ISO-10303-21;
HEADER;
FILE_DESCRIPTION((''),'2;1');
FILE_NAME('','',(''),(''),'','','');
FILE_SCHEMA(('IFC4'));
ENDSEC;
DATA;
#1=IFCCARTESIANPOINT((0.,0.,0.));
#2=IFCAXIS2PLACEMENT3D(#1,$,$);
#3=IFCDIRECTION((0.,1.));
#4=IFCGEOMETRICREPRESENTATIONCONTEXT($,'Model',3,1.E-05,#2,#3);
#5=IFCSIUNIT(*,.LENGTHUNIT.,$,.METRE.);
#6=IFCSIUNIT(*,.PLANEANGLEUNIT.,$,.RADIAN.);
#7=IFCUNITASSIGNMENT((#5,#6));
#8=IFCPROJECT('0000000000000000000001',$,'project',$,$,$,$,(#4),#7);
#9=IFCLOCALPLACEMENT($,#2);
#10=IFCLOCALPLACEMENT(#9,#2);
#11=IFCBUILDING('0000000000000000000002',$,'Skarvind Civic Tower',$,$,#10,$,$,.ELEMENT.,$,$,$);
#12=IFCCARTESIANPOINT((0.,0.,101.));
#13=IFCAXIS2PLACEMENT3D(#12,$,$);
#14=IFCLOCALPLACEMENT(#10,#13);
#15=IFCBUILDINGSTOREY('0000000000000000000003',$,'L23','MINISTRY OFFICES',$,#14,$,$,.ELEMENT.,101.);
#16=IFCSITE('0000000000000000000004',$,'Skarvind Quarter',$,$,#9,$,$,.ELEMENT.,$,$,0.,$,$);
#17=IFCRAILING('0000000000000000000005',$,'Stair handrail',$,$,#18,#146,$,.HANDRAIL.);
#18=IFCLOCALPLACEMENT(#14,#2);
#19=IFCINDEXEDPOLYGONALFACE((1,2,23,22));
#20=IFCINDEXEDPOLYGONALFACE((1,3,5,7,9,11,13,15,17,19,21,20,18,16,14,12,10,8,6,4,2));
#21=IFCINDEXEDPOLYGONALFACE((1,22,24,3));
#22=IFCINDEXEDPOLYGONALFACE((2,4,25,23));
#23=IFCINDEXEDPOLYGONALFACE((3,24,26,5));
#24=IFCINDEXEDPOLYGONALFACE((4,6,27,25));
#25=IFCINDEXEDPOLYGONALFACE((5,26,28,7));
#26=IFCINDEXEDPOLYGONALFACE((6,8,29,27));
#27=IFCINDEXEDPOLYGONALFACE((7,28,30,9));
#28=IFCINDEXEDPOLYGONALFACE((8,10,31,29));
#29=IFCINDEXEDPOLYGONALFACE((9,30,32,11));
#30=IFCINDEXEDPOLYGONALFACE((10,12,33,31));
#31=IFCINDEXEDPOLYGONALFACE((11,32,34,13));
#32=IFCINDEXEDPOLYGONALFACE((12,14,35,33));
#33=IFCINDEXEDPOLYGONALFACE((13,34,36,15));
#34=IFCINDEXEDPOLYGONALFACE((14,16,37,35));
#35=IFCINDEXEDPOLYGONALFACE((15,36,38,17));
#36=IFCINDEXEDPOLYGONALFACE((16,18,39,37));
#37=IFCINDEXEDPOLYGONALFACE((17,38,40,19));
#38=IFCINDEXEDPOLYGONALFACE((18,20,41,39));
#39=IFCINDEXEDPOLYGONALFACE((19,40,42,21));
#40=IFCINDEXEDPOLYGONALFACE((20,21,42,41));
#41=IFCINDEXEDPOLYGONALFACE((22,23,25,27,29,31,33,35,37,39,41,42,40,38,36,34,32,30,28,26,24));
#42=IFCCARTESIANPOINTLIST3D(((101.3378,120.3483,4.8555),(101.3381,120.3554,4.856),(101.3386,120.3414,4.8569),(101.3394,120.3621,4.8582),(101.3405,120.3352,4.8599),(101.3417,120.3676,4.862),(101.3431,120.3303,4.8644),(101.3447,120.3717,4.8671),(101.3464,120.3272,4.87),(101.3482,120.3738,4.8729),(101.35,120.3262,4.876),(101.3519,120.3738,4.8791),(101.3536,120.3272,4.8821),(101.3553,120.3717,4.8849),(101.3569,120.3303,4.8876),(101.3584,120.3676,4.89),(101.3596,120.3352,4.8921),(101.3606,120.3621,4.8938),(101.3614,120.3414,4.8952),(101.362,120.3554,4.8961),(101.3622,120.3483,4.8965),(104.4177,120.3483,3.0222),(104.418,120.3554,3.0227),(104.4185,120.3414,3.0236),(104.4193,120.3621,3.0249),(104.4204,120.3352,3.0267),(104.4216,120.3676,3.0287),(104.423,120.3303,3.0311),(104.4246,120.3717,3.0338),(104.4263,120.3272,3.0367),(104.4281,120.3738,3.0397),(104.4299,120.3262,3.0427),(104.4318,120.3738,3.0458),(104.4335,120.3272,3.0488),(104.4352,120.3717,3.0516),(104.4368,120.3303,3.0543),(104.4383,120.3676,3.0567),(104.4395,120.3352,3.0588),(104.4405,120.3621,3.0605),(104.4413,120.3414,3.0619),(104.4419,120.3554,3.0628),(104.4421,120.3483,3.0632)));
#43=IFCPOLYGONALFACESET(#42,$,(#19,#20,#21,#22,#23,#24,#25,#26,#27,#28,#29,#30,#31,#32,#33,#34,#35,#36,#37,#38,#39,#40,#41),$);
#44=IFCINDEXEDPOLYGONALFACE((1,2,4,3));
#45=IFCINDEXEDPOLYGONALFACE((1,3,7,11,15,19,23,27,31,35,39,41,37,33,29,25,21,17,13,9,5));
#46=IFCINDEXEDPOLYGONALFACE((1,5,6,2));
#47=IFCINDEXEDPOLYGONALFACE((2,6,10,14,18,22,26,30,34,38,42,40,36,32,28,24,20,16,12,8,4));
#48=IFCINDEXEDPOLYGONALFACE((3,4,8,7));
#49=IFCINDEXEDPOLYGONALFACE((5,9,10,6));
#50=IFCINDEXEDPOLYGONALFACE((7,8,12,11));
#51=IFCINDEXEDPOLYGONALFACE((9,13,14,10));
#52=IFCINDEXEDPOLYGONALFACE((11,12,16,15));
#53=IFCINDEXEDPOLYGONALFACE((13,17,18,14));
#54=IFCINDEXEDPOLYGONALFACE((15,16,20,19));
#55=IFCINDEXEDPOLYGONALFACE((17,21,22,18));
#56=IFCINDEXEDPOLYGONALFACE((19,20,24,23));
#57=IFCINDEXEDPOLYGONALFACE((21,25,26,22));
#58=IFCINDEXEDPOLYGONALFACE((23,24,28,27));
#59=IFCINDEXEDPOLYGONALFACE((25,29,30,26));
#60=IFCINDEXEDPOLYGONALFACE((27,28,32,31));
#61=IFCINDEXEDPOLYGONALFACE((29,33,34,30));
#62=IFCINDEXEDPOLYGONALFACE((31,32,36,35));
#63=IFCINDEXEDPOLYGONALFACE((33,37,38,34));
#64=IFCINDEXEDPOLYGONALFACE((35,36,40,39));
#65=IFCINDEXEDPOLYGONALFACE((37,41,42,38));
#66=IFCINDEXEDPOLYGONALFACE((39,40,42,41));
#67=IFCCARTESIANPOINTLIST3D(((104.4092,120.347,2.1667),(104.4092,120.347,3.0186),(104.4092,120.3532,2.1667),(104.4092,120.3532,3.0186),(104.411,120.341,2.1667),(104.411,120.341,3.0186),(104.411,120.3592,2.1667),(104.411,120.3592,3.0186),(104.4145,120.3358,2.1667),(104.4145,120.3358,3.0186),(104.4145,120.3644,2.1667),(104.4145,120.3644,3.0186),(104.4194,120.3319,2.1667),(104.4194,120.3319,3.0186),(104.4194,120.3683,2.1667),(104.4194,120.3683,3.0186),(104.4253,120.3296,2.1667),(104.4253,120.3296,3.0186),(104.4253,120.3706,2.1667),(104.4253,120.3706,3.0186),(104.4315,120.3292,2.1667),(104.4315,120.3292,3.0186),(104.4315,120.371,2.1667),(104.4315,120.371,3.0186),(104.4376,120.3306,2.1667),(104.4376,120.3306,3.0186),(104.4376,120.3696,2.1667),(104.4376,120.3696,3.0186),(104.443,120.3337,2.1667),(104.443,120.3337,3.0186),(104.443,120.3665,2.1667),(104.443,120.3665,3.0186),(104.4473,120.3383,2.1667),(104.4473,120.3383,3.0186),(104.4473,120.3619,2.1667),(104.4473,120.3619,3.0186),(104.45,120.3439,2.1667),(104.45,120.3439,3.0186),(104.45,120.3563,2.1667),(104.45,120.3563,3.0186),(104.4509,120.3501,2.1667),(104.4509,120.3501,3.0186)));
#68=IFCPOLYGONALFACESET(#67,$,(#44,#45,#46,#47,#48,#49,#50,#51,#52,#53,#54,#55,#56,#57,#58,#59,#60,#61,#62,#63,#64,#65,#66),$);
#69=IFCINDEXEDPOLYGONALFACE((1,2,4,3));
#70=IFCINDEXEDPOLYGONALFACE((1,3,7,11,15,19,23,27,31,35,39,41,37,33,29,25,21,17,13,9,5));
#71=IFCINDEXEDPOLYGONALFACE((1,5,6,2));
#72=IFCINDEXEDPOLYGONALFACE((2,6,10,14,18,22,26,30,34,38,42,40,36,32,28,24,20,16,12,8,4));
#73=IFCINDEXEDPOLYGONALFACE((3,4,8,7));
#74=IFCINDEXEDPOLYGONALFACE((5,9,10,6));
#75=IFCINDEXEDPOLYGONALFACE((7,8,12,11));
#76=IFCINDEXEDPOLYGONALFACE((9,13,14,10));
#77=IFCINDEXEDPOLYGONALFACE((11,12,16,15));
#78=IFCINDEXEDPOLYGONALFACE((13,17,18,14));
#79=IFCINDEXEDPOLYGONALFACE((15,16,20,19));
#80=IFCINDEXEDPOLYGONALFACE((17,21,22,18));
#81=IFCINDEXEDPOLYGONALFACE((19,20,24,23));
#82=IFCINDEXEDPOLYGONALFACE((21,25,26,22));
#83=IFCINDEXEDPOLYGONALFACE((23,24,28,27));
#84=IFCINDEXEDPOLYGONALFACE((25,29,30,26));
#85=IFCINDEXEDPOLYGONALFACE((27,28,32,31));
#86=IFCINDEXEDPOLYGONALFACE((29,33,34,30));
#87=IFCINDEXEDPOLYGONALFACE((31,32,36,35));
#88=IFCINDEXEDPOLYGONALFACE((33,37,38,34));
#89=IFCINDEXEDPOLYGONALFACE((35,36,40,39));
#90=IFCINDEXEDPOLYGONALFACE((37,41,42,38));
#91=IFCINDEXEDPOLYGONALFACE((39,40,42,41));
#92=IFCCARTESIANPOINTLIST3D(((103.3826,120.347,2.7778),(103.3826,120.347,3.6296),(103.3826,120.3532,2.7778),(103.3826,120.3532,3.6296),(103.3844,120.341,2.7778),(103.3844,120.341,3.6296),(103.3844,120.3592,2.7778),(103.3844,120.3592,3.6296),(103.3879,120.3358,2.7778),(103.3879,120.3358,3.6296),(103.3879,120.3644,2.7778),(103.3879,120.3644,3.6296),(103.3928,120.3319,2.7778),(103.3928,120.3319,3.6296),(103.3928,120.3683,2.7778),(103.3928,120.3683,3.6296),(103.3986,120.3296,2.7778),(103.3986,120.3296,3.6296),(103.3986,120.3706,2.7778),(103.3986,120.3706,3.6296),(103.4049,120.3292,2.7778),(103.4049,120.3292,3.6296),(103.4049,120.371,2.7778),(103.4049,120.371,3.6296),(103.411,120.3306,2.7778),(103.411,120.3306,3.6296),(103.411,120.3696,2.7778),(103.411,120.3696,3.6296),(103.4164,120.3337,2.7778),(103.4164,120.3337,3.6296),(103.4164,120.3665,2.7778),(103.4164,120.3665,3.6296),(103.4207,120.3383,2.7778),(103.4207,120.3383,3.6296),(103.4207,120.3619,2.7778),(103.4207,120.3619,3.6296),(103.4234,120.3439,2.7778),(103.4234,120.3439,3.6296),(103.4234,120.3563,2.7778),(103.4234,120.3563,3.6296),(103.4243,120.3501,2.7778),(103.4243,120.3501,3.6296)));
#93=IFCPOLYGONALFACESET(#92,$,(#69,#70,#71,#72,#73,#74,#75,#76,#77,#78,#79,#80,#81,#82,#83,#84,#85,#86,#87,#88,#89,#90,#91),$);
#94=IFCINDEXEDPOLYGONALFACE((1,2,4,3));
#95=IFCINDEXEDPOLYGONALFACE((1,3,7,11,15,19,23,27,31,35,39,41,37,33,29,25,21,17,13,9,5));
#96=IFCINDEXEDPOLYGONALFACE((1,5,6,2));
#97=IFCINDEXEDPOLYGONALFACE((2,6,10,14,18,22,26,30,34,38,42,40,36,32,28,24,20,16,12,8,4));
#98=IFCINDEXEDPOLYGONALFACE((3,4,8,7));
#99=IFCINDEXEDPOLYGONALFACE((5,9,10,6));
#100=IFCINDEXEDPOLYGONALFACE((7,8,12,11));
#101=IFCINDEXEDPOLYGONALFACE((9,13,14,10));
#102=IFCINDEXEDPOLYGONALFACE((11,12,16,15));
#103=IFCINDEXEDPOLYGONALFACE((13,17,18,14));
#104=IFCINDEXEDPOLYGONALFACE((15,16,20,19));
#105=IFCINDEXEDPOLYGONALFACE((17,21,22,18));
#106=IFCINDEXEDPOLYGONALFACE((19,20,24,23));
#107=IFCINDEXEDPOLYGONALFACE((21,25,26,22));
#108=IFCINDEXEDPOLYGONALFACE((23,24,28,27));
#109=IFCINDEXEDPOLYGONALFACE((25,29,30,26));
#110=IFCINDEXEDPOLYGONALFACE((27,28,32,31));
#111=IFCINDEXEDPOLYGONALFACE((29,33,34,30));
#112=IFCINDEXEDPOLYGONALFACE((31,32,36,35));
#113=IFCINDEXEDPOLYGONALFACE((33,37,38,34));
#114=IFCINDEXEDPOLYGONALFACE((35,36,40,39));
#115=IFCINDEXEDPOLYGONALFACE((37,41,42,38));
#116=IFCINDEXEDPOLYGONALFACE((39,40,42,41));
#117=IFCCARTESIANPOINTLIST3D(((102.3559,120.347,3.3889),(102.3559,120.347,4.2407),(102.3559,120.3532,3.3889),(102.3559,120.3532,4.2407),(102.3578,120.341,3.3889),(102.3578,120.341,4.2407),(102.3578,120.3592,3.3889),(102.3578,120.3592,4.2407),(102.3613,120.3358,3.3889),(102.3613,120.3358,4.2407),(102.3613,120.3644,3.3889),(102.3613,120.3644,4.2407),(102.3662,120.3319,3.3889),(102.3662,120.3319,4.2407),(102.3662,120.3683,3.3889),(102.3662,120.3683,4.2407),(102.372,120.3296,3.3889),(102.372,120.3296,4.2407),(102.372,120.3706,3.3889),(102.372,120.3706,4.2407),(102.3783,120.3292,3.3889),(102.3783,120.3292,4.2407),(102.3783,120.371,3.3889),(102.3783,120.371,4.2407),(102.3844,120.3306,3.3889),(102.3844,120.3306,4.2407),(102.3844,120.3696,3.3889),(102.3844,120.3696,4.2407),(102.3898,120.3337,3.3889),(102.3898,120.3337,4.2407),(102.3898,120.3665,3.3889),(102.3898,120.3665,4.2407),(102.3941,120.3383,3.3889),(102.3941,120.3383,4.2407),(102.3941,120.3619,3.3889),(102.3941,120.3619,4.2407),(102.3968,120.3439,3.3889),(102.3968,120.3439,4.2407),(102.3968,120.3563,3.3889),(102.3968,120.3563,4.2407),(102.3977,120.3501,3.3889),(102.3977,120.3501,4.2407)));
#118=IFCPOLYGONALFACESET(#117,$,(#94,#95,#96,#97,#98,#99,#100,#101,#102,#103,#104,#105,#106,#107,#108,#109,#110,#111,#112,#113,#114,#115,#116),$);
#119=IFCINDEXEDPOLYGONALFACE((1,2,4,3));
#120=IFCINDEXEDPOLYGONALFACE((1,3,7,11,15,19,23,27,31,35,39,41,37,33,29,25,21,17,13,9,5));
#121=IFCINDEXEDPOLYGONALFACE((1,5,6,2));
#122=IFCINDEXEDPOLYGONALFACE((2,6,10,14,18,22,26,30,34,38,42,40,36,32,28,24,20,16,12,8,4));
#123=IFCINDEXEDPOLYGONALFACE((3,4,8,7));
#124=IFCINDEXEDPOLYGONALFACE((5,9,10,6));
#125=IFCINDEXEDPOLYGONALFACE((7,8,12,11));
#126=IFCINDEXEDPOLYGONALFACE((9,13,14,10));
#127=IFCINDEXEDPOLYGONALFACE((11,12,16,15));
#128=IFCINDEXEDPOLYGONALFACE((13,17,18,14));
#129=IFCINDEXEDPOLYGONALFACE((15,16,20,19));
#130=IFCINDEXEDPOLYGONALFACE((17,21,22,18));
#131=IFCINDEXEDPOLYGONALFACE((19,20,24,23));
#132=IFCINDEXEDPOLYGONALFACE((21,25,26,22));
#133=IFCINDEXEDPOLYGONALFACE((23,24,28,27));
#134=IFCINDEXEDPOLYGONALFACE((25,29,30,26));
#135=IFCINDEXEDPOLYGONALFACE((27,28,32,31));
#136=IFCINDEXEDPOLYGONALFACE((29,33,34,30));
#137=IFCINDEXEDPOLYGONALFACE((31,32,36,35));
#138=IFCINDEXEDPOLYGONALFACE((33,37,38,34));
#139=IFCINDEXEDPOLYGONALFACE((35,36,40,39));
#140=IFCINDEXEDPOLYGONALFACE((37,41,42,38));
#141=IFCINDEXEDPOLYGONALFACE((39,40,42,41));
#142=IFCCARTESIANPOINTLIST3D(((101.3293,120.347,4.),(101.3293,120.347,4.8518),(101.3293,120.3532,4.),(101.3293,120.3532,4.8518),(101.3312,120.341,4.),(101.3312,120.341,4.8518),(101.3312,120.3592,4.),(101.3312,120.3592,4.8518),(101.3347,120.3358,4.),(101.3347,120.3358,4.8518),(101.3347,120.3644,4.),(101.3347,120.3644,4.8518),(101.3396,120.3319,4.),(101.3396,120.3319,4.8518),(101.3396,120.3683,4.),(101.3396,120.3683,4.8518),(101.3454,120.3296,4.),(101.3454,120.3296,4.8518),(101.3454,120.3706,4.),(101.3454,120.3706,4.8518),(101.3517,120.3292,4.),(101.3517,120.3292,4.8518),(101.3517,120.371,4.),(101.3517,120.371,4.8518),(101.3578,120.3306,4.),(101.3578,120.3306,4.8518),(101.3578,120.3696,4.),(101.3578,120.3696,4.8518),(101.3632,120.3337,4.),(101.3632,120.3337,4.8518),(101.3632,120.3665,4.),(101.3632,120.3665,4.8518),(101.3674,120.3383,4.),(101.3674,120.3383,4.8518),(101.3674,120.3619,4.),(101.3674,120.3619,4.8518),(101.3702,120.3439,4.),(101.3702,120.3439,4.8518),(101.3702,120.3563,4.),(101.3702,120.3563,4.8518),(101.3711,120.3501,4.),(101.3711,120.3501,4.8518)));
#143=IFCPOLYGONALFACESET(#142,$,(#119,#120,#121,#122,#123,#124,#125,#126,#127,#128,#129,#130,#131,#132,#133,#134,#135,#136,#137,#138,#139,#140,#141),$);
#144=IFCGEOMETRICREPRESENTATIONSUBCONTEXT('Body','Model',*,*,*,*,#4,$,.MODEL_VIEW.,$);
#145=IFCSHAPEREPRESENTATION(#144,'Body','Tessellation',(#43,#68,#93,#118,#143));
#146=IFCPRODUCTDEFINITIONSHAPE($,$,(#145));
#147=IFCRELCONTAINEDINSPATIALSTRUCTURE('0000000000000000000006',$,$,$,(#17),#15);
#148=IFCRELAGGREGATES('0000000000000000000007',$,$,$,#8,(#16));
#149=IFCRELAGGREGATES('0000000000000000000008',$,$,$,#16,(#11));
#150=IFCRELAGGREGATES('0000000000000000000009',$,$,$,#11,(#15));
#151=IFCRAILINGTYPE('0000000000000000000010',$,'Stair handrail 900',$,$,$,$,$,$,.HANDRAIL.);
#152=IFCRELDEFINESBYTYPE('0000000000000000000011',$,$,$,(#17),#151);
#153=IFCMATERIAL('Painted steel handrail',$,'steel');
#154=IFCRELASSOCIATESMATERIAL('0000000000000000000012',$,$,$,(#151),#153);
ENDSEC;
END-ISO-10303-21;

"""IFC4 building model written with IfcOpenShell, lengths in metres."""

from ifc_helpers import new_model, si_unit, direction, frame, origin, origin_2d, place, context, subcontext, project, spatial, circle, extrude, material, type_object, element, save


model = new_model("IFC4")

# Units and contexts
model_context = context("Model", 3, precision=1e-05, world=origin(), true_north=direction((0.0, 1.0)))
body_context = subcontext(model_context, "Body", "Model", "MODEL_VIEW")
ifc_project = project(units=[si_unit("LENGTHUNIT", "METRE"), si_unit("PLANEANGLEUNIT", "RADIAN")], contexts=[model_context])

# Site, building, storey
site_placement = place(None, origin())
site = spatial("IfcSite", under=ifc_project, at=site_placement, Name="Skarvind Quarter", CompositionType="ELEMENT", RefElevation=0.0)
building_placement = place(site_placement, origin())
building = spatial("IfcBuilding", under=site, at=building_placement, Name="Skarvind Civic Tower", CompositionType="ELEMENT")
storey_placement = place(building_placement, frame((0.0, 0.0, 101.0)))
storey = spatial("IfcBuildingStorey", under=building, at=storey_placement, Name="L23", Description="MINISTRY OFFICES", CompositionType="ELEMENT", Elevation=101.0)

# Railing
ifc_material_1 = material(Name="Painted steel handrail", Category="steel")
railing_type = type_object("IfcRailingType", Name="Stair handrail 900", PredefinedType="HANDRAIL", material=ifc_material_1)
railing_1_placement = place(storey_placement, frame((104.4299, 120.3501, 2.1667)))
element("IfcRailing", 1, at=railing_1_placement, inside=storey, type_object=railing_type, Name="Stair handrail", PredefinedType="HANDRAIL", context=body_context, shape_type="SweptSolid", body=[
    extrude(circle(Radius=0.0239, at=origin_2d()), frame((0.0, 0.0, 0.876), z_axis=(-0.859291, 0.0, 0.511487), x_axis=(0.0, -1.0, 0.0)), (0.0, 0.0, 1.0), 3.5842),
    extrude(circle(Radius=0.021, at=origin_2d()), origin(), (0.0, 0.0, 1.0), 0.8518),
    extrude(circle(Radius=0.021, at=origin_2d()), frame((-1.0266, 0.0, 0.6111)), (0.0, 0.0, 1.0), 0.8518),
    extrude(circle(Radius=0.021, at=origin_2d()), frame((-2.0532, 0.0, 1.2222)), (0.0, 0.0, 1.0), 0.8518),
    extrude(circle(Radius=0.021, at=origin_2d()), frame((-3.0798, 0.0, 1.8333)), (0.0, 0.0, 1.0), 0.8518),
])

save(model, "model.ifc")
